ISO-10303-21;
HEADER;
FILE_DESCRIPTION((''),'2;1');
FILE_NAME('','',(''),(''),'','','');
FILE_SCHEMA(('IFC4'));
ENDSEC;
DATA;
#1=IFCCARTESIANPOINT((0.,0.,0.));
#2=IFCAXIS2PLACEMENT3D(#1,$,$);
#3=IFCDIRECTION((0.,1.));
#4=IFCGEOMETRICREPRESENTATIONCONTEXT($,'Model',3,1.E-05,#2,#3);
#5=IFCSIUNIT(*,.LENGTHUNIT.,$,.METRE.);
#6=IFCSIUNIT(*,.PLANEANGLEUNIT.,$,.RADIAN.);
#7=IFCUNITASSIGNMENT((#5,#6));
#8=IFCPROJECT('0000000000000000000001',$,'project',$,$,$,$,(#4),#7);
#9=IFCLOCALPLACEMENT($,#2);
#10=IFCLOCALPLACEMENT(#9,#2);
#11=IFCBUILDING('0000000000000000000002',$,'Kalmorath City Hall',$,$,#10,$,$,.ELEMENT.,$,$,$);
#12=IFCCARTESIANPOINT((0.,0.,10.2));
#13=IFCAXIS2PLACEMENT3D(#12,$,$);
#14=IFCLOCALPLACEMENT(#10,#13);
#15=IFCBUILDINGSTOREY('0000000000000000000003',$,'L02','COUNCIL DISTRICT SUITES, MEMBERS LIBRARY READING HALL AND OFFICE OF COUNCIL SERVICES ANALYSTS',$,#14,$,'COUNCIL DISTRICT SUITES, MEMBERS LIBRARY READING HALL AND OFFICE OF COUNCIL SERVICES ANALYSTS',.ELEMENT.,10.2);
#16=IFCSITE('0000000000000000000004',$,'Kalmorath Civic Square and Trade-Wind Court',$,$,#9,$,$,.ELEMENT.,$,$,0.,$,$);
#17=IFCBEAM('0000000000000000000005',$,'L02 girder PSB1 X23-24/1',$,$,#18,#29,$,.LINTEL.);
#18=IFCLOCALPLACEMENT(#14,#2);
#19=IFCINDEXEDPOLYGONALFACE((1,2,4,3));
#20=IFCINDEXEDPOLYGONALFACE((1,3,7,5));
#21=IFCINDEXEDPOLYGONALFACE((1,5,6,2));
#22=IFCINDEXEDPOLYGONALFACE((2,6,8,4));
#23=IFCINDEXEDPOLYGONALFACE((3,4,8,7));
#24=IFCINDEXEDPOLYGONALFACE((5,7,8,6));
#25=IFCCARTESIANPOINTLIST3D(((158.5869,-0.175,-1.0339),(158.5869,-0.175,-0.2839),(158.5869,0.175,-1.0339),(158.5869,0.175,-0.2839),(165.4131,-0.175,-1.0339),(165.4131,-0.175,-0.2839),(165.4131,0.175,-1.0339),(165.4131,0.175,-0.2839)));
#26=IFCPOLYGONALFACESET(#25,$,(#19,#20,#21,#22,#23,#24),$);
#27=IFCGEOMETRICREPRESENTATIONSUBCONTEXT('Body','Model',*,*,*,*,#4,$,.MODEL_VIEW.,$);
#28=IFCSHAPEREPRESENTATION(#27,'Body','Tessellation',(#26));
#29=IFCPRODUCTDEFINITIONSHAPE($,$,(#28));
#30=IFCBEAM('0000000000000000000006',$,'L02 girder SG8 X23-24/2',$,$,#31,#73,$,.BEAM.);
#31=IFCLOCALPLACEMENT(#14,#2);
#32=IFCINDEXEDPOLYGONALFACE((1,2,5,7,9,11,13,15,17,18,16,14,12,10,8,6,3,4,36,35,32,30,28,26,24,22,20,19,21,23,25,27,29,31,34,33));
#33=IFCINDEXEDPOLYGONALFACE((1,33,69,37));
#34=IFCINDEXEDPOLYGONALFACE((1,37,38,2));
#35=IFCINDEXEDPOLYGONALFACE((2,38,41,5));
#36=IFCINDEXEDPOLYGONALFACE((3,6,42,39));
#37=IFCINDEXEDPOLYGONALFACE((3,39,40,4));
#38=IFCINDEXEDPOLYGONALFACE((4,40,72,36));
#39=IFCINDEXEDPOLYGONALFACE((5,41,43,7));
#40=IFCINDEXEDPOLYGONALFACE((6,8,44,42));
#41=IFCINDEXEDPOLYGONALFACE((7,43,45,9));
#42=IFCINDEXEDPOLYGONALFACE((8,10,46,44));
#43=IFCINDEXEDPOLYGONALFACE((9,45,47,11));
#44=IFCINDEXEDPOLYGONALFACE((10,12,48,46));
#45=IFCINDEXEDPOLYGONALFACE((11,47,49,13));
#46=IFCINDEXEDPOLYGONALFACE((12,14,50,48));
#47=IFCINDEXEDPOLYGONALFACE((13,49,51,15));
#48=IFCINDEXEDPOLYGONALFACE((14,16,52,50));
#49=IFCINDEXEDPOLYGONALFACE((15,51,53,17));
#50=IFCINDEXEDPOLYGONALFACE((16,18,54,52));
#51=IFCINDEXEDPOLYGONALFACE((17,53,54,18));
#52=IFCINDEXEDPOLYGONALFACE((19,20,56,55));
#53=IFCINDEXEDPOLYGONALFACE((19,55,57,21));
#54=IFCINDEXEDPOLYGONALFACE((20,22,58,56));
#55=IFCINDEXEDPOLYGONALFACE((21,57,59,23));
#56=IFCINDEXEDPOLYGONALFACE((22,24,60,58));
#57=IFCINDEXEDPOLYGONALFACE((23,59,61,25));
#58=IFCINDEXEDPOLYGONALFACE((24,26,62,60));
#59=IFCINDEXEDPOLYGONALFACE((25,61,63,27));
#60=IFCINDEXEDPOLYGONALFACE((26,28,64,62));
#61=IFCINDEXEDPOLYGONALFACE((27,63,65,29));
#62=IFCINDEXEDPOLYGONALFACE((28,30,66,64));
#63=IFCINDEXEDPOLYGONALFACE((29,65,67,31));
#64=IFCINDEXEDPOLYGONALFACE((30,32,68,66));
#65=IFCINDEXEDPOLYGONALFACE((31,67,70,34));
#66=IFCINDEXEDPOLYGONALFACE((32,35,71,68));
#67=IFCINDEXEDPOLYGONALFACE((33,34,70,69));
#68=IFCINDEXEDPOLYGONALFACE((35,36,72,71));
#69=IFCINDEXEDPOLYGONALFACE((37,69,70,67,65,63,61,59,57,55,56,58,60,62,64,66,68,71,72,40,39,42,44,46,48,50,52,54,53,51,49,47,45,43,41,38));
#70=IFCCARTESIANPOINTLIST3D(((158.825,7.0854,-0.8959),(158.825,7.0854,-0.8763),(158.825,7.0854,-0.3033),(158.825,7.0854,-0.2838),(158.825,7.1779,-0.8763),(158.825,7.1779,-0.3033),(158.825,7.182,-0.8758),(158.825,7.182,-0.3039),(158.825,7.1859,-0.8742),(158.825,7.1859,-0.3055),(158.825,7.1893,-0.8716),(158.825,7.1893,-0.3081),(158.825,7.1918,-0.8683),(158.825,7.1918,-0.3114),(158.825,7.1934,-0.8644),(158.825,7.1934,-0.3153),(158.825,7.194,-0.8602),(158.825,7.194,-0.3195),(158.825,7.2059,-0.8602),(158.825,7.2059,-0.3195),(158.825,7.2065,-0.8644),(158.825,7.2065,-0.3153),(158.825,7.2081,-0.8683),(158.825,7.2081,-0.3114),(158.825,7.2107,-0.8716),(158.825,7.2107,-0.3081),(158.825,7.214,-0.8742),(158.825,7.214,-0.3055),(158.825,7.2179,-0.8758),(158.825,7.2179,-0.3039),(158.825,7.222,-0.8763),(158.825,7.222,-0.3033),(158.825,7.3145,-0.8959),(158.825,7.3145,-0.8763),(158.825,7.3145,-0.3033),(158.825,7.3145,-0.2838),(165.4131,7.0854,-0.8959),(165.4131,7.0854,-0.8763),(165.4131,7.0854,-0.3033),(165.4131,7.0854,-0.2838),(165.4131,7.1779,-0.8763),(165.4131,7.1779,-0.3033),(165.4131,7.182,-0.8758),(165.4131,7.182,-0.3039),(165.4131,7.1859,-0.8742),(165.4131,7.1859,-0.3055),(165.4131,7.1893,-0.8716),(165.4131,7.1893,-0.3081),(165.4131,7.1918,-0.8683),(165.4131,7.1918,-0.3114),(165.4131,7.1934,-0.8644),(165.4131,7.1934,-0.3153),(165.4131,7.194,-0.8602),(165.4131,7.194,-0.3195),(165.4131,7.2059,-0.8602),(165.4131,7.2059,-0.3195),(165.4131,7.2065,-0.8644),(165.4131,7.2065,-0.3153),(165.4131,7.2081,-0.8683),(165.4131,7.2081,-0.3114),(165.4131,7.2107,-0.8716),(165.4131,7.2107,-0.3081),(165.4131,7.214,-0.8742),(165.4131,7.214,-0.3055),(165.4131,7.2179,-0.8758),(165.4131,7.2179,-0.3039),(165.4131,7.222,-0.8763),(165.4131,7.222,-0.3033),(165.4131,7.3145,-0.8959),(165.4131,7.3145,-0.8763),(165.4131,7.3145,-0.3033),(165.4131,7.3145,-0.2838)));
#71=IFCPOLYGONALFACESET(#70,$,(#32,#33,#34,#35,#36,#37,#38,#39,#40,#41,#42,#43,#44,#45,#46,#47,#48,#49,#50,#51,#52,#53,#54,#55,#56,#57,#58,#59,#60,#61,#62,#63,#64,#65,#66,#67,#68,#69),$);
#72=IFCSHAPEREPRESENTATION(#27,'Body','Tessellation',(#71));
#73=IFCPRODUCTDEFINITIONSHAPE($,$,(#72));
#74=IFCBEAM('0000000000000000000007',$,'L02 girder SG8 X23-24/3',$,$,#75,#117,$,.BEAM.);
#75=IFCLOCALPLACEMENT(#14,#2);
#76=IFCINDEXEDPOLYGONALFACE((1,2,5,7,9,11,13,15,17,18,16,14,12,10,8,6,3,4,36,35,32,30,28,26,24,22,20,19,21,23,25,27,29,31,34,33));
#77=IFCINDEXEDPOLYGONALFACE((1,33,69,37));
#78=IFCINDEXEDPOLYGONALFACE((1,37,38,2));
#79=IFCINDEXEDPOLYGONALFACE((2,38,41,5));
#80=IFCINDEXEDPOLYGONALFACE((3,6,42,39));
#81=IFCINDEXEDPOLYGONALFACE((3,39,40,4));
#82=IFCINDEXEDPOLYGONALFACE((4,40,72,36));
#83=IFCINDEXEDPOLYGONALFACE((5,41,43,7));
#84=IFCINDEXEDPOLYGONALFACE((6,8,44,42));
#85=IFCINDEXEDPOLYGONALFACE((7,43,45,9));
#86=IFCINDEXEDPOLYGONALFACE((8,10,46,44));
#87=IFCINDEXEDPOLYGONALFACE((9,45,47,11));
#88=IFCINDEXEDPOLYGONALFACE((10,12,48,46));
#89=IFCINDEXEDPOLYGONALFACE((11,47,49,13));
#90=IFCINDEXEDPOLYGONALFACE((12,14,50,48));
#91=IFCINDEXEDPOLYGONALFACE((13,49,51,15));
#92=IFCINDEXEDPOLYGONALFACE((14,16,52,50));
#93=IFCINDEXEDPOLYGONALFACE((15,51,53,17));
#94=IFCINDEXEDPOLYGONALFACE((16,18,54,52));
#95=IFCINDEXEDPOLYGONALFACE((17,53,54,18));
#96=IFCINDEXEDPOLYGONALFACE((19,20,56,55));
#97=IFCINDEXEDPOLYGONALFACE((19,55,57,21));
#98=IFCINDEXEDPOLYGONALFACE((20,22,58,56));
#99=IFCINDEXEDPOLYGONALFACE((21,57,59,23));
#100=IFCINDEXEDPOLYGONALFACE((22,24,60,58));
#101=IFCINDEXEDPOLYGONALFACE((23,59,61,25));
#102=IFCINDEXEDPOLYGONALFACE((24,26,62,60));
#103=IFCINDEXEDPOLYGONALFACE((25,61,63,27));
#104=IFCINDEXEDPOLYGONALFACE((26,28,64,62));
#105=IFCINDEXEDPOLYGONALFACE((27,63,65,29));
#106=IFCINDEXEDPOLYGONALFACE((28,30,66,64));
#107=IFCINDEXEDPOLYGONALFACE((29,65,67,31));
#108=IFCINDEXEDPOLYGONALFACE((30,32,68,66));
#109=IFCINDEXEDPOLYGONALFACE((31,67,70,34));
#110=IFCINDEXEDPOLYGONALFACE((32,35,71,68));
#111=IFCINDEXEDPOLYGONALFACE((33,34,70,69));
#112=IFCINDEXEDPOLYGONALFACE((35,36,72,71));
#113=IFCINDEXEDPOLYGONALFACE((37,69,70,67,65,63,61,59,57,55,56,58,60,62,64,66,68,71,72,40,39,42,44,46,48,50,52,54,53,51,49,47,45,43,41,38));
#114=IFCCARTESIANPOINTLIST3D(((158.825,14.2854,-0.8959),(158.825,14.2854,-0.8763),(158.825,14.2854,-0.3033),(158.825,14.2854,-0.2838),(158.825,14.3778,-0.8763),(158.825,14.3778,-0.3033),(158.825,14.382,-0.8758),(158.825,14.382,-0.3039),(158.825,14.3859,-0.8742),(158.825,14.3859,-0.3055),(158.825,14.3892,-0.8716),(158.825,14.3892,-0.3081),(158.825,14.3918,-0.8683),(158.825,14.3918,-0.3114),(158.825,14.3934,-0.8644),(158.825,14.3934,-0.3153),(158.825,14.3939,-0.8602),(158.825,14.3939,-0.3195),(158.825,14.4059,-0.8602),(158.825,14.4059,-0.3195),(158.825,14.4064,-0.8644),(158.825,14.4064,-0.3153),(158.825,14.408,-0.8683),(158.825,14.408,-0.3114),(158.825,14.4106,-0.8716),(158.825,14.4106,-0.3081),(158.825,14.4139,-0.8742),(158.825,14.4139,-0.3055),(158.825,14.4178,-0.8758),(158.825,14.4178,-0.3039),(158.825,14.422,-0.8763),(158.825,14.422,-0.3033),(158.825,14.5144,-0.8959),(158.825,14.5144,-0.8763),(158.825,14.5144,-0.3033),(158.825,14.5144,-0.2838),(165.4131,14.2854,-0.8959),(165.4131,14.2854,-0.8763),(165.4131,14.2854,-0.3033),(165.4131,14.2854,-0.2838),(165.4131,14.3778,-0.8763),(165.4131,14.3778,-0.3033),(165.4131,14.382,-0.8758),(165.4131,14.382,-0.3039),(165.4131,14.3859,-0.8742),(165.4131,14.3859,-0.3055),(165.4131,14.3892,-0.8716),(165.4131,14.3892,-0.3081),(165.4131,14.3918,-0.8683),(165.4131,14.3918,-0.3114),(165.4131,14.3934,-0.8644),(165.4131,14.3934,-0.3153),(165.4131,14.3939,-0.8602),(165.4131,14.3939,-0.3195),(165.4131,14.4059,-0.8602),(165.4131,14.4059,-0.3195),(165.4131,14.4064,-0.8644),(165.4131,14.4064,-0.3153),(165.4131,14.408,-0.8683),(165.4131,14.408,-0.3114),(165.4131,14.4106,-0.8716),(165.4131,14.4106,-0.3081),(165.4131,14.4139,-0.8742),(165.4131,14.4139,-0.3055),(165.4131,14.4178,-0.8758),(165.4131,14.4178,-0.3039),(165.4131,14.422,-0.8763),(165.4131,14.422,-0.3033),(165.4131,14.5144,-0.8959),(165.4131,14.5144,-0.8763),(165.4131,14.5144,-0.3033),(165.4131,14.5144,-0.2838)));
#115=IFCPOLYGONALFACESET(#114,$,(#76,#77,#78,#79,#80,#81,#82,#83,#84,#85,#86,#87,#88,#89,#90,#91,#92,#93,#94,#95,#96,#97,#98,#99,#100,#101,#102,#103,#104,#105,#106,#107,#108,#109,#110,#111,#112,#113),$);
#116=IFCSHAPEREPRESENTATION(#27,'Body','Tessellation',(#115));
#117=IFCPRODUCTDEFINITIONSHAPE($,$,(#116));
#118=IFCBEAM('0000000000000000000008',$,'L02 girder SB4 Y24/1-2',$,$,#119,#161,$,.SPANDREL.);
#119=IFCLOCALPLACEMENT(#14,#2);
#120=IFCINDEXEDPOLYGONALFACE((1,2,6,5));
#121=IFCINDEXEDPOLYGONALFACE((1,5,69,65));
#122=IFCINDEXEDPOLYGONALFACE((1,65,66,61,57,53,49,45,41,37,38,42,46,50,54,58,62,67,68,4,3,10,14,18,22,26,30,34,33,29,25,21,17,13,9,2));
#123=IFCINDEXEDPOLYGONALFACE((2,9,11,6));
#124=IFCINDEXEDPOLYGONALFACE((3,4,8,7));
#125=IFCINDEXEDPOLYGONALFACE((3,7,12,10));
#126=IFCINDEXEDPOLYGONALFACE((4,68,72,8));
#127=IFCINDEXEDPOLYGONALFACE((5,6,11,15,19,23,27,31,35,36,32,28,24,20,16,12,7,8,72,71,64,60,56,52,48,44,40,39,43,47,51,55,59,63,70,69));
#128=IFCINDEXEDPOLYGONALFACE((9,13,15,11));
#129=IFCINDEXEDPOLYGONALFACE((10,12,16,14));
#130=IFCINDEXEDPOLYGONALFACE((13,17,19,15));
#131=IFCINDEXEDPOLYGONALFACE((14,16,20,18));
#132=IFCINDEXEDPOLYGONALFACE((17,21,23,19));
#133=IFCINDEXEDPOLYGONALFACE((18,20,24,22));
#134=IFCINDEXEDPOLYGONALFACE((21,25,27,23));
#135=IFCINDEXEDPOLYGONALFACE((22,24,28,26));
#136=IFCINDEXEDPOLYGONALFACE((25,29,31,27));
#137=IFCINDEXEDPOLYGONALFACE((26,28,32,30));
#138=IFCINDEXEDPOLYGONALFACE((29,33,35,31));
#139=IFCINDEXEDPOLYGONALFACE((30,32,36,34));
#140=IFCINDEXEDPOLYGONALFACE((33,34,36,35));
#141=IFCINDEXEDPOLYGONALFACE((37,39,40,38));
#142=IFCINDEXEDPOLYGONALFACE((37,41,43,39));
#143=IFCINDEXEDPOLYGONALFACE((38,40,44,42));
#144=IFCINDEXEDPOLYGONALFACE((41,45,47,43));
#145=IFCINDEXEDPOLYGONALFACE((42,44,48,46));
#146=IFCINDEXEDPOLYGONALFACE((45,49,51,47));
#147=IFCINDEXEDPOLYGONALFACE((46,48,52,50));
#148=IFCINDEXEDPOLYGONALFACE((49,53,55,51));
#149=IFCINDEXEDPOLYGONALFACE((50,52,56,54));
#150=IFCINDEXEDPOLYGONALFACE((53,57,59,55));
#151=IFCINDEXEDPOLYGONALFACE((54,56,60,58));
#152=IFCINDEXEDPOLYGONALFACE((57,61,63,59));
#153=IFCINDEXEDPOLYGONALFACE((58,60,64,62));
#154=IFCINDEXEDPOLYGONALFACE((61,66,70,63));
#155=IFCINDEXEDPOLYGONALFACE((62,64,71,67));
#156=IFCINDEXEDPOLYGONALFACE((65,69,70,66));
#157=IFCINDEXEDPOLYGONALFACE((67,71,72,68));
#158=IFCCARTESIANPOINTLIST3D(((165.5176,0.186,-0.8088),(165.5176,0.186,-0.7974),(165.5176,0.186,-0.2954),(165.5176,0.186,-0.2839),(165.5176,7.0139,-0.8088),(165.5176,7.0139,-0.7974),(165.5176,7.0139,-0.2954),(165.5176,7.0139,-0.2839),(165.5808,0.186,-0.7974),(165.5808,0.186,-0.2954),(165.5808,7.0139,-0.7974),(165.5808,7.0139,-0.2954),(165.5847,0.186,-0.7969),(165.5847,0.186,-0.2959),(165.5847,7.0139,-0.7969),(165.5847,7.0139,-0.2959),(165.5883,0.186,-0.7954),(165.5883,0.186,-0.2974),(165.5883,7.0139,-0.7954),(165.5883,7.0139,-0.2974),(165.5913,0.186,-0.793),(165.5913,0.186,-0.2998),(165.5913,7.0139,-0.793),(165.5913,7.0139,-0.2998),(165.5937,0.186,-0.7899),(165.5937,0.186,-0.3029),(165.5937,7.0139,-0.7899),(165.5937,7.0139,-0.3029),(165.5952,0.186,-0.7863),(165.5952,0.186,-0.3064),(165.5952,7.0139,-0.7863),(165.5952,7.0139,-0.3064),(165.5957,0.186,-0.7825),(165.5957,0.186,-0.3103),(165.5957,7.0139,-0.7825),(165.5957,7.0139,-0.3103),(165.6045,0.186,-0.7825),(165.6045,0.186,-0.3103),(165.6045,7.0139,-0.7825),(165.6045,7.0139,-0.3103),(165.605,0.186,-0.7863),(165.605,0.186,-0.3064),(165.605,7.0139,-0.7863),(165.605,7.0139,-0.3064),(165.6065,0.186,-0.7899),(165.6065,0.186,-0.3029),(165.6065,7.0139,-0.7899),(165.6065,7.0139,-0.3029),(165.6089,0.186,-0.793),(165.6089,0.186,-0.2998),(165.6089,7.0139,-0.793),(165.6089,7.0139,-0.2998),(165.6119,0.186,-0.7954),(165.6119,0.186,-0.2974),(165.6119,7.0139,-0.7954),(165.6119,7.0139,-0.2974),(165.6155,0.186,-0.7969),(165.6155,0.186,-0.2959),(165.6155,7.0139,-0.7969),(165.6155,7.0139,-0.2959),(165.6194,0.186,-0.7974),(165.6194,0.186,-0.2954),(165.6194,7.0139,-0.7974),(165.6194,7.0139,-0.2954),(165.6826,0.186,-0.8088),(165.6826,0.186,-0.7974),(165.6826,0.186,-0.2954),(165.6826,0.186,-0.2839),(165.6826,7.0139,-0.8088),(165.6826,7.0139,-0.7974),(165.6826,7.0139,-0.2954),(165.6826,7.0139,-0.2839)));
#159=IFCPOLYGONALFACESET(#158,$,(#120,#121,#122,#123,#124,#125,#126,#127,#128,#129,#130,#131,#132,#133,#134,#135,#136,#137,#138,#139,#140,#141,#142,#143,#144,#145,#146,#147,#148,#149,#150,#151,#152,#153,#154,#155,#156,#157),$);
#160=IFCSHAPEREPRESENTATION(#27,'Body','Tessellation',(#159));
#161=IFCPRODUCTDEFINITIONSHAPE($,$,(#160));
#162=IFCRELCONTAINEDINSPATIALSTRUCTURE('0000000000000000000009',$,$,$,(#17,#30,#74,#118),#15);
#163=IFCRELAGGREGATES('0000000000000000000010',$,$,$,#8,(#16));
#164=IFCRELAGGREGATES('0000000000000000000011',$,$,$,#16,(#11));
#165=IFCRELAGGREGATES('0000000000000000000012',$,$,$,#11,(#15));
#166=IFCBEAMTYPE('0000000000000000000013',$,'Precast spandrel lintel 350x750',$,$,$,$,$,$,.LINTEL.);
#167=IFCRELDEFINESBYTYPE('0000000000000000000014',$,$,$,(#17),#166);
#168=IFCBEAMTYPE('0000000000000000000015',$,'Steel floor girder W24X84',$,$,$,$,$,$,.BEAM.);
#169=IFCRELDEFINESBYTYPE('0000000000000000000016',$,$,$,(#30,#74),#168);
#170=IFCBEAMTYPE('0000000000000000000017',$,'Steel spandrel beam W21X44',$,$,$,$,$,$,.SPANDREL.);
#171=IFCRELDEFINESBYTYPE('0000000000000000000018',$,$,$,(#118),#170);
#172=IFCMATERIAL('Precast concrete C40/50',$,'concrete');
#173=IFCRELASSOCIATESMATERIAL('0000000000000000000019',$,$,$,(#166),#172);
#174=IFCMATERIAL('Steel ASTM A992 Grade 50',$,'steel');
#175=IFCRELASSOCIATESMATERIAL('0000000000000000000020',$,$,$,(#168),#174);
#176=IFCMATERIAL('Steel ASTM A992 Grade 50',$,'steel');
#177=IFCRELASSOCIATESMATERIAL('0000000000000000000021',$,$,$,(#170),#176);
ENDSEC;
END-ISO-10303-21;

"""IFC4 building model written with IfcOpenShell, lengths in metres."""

from ifc_helpers import new_model, si_unit, direction, frame, origin, origin_2d, place, context, subcontext, project, spatial, rectangle, i_section, extrude, material, material_profile, profile_set, type_object, element, save


model = new_model("IFC4")

# Units and contexts
model_context = context("Model", 3, precision=1e-05, world=origin(), true_north=direction((0.0, 1.0)))
body_context = subcontext(model_context, "Body", "Model", "MODEL_VIEW")
ifc_project = project(units=[si_unit("LENGTHUNIT", "METRE"), si_unit("PLANEANGLEUNIT", "RADIAN")], contexts=[model_context])

# Site, building, storey
site_placement = place(None, origin())
site = spatial("IfcSite", under=ifc_project, at=site_placement, Name="Kalmorath Civic Square and Trade-Wind Court", CompositionType="ELEMENT", RefElevation=0.0)
building_placement = place(site_placement, origin())
building = spatial("IfcBuilding", under=site, at=building_placement, Name="Kalmorath City Hall", CompositionType="ELEMENT")
storey_placement = place(building_placement, frame((0.0, 0.0, 10.2)))
storey = spatial("IfcBuildingStorey", under=building, at=storey_placement, Name="L02", Description="COUNCIL DISTRICT SUITES, MEMBERS LIBRARY READING HALL AND OFFICE OF COUNCIL SERVICES ANALYSTS", LongName="COUNCIL DISTRICT SUITES, MEMBERS LIBRARY READING HALL AND OFFICE OF COUNCIL SERVICES ANALYSTS", CompositionType="ELEMENT", Elevation=10.2)

# Beams
ifc_material_1 = material(Name="Precast concrete C40/50", Category="concrete")
ifc_material_profile_1 = material_profile(ifc_material_1, rectangle(XDim=0.3501, YDim=0.75, at=origin_2d()), Name="PC-SP-350X750")
ifc_profile_set_1 = profile_set([ifc_material_profile_1], Name="Precast concrete C40/50")
beam_type_1 = type_object("IfcBeamType", Name="Precast spandrel lintel 350x750", PredefinedType="LINTEL", material=ifc_profile_set_1)
beam_1_placement = place(storey_placement, frame((158.5869, 0.0, -0.6589), z_axis=(1.0, 0.0, 0.0), x_axis=(0.0, 1.0, 0.0)))
element("IfcBeam", 1, at=beam_1_placement, inside=storey, type_object=beam_type_1, Name="L02 girder PSB1 X23-24/1", PredefinedType="LINTEL", context=body_context, shape_type="SweptSolid", body=[
    extrude(rectangle(XDim=0.3501, YDim=0.75, at=origin_2d()), origin(), (0.0, 0.0, 1.0), 6.8262),
])
ifc_material_2 = material(Name="Steel ASTM A992 Grade 50", Category="steel")
ifc_material_profile_2 = material_profile(ifc_material_2, i_section(OverallWidth=0.229, OverallDepth=0.6121, WebThickness=0.012, FlangeThickness=0.0195, FilletRadius=0.0161, at=origin_2d()), Name="W24X84")
ifc_profile_set_2 = profile_set([ifc_material_profile_2], Name="Steel ASTM A992 Grade 50")
beam_type_2 = type_object("IfcBeamType", Name="Steel floor girder W24X84", PredefinedType="BEAM", material=ifc_profile_set_2)
for number, where, z_axis, x_axis, name in (
    (2, (158.825, 7.2, -0.5898), (1.0, 0.0, 0.0), (0.0, 1.0, 0.0), "L02 girder SG8 X23-24/2"),
    (3, (158.825, 14.3999, -0.5898), (1.0, 0.0, 0.0), (0.0, 1.0, 0.0), "L02 girder SG8 X23-24/3"),
):
    element("IfcBeam", number, at=place(storey_placement, frame(where, z_axis=z_axis, x_axis=x_axis)), inside=storey, type_object=beam_type_2, Name=name, PredefinedType="BEAM", context=body_context, shape_type="SweptSolid", body=[
        extrude(i_section(OverallWidth=0.229, OverallDepth=0.6121, WebThickness=0.012, FlangeThickness=0.0195, FilletRadius=0.0161, at=origin_2d()), origin(), (0.0, 0.0, 1.0), 6.5881),
    ])
ifc_material_3 = material(Name="Steel ASTM A992 Grade 50", Category="steel")
ifc_material_profile_3 = material_profile(ifc_material_3, i_section(OverallWidth=0.165, OverallDepth=0.5249, WebThickness=0.0088, FlangeThickness=0.0115, FilletRadius=0.0149, at=origin_2d()), Name="W21X44")
ifc_profile_set_3 = profile_set([ifc_material_profile_3], Name="Steel ASTM A992 Grade 50")
beam_type_3 = type_object("IfcBeamType", Name="Steel spandrel beam W21X44", PredefinedType="SPANDREL", material=ifc_profile_set_3)
beam_2_placement = place(storey_placement, frame((165.6001, 0.186, -0.5464), z_axis=(0.0, 1.0, 0.0), x_axis=(-1.0, 0.0, 0.0)))
element("IfcBeam", 4, at=beam_2_placement, inside=storey, type_object=beam_type_3, Name="L02 girder SB4 Y24/1-2", PredefinedType="SPANDREL", context=body_context, shape_type="SweptSolid", body=[
    extrude(i_section(OverallWidth=0.165, OverallDepth=0.5249, WebThickness=0.0088, FlangeThickness=0.0115, FilletRadius=0.0149, at=origin_2d()), origin(), (0.0, 0.0, 1.0), 6.8279),
])

save(model, "model.ifc")
